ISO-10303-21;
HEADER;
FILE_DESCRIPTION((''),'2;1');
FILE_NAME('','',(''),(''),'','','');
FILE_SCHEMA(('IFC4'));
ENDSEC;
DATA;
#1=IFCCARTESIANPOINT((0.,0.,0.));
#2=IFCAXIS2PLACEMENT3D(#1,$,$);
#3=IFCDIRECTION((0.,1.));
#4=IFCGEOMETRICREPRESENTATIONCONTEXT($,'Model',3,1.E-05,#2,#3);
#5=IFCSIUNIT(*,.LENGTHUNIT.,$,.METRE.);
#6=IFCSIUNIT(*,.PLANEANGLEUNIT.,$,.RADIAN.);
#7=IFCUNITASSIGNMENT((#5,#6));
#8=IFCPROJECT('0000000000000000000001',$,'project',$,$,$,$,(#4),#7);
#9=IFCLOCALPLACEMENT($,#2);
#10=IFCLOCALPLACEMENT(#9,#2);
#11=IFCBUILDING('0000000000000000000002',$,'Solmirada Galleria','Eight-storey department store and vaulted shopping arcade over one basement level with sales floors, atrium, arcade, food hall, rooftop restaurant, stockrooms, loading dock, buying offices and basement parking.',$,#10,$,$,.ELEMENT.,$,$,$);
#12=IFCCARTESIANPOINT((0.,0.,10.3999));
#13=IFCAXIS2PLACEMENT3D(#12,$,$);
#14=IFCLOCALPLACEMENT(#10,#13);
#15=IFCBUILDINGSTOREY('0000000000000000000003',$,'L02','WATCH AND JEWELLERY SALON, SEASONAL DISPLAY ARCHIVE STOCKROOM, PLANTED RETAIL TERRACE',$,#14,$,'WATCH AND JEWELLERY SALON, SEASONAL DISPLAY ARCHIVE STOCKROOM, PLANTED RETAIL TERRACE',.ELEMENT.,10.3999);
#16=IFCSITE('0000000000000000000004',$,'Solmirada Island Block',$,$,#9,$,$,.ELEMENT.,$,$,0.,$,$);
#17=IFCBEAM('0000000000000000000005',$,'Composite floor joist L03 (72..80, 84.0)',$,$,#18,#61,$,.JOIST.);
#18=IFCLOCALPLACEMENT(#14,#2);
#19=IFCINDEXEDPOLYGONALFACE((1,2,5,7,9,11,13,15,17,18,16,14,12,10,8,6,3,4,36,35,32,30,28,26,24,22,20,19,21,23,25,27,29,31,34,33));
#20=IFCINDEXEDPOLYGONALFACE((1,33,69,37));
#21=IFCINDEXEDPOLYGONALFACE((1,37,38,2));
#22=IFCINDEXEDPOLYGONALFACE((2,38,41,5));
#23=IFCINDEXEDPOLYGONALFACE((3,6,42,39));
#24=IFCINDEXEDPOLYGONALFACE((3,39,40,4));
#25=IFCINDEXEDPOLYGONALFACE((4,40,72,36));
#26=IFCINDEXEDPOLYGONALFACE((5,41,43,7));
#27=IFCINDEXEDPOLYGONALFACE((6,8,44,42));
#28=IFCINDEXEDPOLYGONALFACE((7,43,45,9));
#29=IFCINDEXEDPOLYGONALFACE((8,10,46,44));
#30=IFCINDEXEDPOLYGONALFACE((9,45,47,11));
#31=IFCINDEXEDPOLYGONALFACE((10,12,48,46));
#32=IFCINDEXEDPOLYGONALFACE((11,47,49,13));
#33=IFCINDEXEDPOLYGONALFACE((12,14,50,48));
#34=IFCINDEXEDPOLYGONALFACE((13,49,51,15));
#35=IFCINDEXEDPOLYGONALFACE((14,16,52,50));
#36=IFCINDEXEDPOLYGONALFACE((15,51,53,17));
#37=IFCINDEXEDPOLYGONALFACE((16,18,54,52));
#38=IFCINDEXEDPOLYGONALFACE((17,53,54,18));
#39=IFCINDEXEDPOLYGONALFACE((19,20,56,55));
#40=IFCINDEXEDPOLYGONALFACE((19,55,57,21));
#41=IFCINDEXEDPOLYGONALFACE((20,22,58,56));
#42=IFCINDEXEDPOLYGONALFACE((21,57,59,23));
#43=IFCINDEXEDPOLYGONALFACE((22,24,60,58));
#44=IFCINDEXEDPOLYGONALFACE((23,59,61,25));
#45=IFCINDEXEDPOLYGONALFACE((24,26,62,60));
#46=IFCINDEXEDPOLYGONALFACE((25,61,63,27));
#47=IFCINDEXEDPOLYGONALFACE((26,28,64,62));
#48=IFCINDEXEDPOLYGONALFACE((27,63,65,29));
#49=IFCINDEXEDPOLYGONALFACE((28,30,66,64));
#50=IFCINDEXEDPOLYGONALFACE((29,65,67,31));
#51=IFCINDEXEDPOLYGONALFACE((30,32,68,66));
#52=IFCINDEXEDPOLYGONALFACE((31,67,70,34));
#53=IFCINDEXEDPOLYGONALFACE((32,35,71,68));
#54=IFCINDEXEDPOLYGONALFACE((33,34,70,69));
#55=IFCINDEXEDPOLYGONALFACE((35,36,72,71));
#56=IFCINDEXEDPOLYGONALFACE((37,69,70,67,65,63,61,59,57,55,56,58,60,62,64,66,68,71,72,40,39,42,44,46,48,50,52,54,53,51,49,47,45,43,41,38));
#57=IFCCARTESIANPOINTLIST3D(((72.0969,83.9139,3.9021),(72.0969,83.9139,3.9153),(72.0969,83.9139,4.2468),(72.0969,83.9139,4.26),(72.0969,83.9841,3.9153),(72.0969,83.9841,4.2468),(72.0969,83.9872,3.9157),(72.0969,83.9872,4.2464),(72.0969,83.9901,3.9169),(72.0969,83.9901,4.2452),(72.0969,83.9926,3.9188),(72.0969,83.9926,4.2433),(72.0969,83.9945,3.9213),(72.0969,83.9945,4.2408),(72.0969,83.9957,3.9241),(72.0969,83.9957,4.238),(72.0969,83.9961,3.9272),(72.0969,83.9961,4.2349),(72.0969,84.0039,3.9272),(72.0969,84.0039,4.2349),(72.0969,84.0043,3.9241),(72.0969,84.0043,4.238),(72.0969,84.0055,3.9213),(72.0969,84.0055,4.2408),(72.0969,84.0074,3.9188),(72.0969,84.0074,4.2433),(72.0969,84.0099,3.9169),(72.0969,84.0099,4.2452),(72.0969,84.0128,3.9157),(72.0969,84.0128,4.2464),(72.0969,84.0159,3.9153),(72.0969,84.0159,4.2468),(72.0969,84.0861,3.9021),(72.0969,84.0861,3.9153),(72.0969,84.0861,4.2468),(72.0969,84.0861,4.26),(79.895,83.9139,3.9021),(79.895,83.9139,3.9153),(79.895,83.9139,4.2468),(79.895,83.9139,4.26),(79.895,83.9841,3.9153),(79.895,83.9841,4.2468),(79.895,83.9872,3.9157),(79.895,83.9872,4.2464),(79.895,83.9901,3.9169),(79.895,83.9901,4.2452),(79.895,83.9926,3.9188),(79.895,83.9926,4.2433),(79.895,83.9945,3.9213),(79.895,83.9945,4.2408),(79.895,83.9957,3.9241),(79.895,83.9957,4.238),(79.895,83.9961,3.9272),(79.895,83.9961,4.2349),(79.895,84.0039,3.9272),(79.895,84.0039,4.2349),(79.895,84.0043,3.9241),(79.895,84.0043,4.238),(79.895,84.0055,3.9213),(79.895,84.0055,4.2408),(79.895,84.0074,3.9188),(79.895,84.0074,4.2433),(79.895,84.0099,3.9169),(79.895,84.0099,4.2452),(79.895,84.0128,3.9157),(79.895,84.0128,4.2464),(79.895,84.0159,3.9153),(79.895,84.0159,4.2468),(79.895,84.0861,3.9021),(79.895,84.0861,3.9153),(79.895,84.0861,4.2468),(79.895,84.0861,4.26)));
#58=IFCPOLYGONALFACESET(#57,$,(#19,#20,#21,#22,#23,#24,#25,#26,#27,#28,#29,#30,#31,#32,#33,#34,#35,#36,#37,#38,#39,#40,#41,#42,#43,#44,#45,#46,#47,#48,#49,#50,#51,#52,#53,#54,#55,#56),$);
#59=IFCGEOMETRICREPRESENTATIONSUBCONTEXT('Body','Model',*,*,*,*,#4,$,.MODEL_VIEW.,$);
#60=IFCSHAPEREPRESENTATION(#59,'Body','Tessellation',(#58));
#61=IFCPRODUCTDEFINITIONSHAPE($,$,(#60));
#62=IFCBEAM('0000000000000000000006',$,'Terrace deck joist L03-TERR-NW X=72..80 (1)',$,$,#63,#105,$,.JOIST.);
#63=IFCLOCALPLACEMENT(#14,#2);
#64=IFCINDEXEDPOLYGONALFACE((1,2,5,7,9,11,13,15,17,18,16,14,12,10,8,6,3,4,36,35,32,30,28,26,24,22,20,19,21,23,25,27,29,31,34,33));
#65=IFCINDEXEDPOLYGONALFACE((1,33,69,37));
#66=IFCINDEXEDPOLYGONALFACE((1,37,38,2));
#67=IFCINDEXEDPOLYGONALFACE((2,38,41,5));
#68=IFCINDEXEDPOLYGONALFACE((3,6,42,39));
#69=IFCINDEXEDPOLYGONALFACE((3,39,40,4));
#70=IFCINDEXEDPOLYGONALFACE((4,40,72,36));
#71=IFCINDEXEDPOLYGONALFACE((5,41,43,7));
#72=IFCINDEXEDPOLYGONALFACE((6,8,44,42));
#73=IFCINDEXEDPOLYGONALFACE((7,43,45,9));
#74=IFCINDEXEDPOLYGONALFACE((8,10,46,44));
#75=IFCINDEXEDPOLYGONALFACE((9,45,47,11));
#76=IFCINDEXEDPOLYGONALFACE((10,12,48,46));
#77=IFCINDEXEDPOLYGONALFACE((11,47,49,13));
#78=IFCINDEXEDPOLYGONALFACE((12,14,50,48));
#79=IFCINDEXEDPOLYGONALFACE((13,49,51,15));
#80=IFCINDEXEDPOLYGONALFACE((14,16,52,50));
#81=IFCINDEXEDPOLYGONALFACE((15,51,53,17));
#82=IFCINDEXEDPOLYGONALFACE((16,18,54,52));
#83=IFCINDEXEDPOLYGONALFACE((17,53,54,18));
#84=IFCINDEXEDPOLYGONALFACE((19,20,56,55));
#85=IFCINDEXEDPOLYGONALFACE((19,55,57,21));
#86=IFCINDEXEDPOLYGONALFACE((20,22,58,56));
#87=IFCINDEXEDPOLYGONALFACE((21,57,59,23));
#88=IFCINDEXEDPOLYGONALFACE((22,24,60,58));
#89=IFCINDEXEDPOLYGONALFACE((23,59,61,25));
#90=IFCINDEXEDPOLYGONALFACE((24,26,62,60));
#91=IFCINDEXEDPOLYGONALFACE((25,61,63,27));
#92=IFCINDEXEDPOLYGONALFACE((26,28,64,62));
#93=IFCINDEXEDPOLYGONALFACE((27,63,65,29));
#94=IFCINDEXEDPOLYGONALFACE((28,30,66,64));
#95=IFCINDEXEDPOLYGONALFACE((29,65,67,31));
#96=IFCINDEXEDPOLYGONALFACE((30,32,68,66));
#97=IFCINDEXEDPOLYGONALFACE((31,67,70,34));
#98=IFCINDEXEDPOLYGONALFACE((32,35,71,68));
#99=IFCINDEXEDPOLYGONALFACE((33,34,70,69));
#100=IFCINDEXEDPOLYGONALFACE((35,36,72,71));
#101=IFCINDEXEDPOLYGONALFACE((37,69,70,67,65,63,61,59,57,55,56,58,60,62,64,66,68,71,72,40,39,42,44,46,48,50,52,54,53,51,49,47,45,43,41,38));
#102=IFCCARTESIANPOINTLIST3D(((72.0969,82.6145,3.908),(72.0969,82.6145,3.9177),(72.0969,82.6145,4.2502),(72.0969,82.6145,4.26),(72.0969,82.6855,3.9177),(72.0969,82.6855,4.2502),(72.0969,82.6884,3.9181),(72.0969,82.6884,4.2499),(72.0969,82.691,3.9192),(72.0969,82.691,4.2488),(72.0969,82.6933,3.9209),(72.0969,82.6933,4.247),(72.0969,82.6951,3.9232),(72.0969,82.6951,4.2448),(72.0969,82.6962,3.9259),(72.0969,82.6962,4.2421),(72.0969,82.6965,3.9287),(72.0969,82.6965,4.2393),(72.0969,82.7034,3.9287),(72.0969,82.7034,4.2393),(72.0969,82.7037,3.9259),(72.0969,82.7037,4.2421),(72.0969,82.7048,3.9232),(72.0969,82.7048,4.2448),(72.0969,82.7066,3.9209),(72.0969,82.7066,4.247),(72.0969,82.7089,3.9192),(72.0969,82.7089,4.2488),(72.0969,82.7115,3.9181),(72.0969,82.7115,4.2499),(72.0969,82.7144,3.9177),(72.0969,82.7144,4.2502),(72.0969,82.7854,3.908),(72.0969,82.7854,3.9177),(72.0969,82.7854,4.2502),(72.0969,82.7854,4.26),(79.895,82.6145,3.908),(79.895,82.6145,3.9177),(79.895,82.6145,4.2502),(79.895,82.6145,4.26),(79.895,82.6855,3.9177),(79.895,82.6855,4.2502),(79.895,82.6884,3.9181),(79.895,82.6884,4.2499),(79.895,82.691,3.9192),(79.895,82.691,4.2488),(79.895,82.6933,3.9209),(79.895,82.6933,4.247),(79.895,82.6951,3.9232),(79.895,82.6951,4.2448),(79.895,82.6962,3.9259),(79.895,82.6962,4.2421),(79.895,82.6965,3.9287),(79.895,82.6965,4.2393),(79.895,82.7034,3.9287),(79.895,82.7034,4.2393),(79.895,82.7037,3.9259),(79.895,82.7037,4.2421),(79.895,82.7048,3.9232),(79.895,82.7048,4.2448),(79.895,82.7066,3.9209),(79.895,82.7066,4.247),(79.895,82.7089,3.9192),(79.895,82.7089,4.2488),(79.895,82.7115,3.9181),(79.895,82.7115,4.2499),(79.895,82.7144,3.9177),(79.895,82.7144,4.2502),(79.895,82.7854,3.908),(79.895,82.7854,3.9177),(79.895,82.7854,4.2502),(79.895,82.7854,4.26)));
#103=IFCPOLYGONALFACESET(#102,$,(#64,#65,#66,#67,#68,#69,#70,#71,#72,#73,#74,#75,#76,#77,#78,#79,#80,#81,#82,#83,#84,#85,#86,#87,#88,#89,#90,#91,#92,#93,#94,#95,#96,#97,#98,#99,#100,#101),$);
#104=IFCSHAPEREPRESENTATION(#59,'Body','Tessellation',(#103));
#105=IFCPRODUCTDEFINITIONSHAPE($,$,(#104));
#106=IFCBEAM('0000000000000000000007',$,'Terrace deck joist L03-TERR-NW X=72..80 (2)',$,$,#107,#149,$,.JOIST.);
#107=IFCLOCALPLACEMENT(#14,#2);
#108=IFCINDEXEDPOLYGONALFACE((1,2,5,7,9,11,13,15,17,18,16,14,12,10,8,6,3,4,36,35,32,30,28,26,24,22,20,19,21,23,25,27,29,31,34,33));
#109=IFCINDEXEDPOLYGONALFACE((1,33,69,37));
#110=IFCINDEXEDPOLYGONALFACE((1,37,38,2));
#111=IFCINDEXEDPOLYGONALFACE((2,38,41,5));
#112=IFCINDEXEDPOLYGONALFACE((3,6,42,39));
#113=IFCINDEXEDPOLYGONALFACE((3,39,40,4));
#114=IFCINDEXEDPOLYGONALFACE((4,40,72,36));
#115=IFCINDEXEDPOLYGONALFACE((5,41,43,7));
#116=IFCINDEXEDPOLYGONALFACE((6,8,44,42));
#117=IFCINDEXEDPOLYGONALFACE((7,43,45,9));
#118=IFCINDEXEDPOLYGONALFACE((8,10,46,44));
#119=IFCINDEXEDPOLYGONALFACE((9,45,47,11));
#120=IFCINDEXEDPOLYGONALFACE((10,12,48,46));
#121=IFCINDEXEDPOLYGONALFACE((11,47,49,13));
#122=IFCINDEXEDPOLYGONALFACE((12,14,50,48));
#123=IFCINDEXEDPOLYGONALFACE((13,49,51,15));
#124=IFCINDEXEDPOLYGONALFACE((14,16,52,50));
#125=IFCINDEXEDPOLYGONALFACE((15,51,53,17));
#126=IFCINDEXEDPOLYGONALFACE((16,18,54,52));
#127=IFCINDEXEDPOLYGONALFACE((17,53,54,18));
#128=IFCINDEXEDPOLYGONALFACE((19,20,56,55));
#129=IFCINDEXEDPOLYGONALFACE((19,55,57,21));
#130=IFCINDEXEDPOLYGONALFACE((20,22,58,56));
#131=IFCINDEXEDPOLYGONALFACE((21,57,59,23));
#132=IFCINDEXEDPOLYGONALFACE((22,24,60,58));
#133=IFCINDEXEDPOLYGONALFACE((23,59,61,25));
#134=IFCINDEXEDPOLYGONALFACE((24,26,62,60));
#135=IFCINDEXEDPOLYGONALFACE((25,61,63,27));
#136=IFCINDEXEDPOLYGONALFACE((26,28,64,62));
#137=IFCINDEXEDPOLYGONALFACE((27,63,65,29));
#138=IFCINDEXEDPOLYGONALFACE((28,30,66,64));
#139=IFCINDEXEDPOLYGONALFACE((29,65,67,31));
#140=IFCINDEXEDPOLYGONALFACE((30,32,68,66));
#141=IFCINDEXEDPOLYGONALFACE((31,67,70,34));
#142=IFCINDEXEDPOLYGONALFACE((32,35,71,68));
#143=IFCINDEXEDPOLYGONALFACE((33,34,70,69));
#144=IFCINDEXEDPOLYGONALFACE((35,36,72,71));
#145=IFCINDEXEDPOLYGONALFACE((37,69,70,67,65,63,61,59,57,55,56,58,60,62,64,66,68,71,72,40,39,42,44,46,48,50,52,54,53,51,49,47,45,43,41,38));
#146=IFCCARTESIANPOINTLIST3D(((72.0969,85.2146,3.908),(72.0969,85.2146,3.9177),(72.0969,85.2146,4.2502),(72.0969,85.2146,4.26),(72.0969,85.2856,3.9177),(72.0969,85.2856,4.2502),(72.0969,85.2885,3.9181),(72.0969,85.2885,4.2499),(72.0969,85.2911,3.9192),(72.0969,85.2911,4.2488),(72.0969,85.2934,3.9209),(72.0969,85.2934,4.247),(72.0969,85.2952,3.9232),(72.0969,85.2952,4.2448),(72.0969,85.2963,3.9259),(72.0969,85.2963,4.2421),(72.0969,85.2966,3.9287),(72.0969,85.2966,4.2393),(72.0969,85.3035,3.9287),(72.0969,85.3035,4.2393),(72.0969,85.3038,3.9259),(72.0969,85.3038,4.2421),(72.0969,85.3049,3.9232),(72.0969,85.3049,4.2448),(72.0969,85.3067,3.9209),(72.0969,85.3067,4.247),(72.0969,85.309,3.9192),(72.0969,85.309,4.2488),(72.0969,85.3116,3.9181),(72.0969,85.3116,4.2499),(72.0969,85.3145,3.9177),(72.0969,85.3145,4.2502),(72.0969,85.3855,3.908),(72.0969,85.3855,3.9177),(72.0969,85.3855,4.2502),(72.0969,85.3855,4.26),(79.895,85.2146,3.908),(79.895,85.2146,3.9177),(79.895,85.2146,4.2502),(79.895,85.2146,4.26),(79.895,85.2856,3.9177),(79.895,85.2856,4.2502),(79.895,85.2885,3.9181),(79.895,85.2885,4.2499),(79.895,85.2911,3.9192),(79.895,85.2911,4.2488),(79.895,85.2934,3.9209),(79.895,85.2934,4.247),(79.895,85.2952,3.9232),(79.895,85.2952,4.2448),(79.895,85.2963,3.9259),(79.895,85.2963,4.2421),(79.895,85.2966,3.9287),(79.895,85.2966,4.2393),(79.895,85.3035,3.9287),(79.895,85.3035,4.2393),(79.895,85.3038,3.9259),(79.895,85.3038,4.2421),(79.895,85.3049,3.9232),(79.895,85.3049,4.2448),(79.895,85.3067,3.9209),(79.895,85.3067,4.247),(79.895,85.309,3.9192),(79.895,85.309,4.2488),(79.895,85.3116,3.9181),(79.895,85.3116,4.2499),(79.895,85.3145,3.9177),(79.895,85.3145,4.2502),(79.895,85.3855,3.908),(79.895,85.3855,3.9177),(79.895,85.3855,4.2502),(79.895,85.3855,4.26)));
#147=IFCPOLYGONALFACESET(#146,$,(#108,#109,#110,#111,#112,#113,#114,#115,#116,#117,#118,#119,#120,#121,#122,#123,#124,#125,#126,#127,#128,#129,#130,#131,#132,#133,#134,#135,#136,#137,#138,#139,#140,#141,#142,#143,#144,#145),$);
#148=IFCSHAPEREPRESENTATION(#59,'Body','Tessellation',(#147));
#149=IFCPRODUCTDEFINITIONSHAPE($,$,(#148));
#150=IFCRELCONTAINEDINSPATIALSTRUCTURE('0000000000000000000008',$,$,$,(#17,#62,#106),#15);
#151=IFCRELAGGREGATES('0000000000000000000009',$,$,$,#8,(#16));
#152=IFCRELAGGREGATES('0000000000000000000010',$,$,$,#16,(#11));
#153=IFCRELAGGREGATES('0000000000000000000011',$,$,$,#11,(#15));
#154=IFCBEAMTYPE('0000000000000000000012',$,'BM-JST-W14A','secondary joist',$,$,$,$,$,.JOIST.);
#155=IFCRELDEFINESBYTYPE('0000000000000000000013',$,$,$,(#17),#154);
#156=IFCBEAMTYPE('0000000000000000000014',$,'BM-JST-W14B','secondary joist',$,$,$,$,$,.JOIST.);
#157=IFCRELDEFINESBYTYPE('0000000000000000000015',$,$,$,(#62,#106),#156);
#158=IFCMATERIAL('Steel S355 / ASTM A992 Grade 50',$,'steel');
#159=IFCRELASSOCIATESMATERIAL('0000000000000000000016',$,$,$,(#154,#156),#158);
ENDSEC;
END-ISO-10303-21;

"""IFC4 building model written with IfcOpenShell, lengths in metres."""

from ifc_helpers import new_model, si_unit, direction, frame, origin, origin_2d, place, context, subcontext, project, spatial, i_section, extrude, material, material_profile, profile_set, type_object, element, save


model = new_model("IFC4")

# Units and contexts
model_context = context("Model", 3, precision=1e-05, world=origin(), true_north=direction((0.0, 1.0)))
body_context = subcontext(model_context, "Body", "Model", "MODEL_VIEW")
ifc_project = project(units=[si_unit("LENGTHUNIT", "METRE"), si_unit("PLANEANGLEUNIT", "RADIAN")], contexts=[model_context])

# Site, building, storey
site_placement = place(None, origin())
site = spatial("IfcSite", under=ifc_project, at=site_placement, Name="Solmirada Island Block", CompositionType="ELEMENT", RefElevation=0.0)
building_placement = place(site_placement, origin())
building = spatial("IfcBuilding", under=site, at=building_placement, Name="Solmirada Galleria", Description="Eight-storey department store and vaulted shopping arcade over one basement level with sales floors, atrium, arcade, food hall, rooftop restaurant, stockrooms, loading dock, buying offices and basement parking.", CompositionType="ELEMENT")
storey_placement = place(building_placement, frame((0.0, 0.0, 10.3999)))
storey = spatial("IfcBuildingStorey", under=building, at=storey_placement, Name="L02", Description="WATCH AND JEWELLERY SALON, SEASONAL DISPLAY ARCHIVE STOCKROOM, PLANTED RETAIL TERRACE", LongName="WATCH AND JEWELLERY SALON, SEASONAL DISPLAY ARCHIVE STOCKROOM, PLANTED RETAIL TERRACE", CompositionType="ELEMENT", Elevation=10.3999)

# Beams
ifc_material_1 = material(Name="Steel S355 / ASTM A992 Grade 50", Category="steel")
ifc_material_profile_1 = material_profile(ifc_material_1, i_section(OverallWidth=0.1721, OverallDepth=0.3579, WebThickness=0.0078, FlangeThickness=0.0132, FilletRadius=0.012, at=origin_2d()), Name="W14X38")
ifc_profile_set_1 = profile_set([ifc_material_profile_1], Name="Steel S355 / ASTM A992 Grade 50")
beam_type_1 = type_object("IfcBeamType", Name="BM-JST-W14A", Description="secondary joist", PredefinedType="JOIST", material=ifc_profile_set_1)
beam_placement = place(storey_placement, frame((72.0969, 84.0, 4.0811), z_axis=(1.0, 0.0, 0.0), x_axis=(0.0, 1.0, 0.0)))
element("IfcBeam", 1, at=beam_placement, inside=storey, type_object=beam_type_1, Name="Composite floor joist L03 (72..80, 84.0)", PredefinedType="JOIST", context=body_context, shape_type="SweptSolid", body=[
    extrude(i_section(OverallWidth=0.1721, OverallDepth=0.3579, WebThickness=0.0078, FlangeThickness=0.0132, FilletRadius=0.012, at=origin_2d()), origin(), (0.0, 0.0, 1.0), 7.7981),
])
ifc_material_profile_2 = material_profile(ifc_material_1, i_section(OverallWidth=0.1709, OverallDepth=0.3521, WebThickness=0.0068, FlangeThickness=0.0098, FilletRadius=0.011, at=origin_2d()), Name="W14X30")
ifc_profile_set_2 = profile_set([ifc_material_profile_2], Name="Steel S355 / ASTM A992 Grade 50")
beam_type_2 = type_object("IfcBeamType", Name="BM-JST-W14B", Description="secondary joist", PredefinedType="JOIST", material=ifc_profile_set_2)
for number, where, z_axis, x_axis, name in (
    (2, (72.0969, 82.7, 4.084), (1.0, 0.0, 0.0), (0.0, 1.0, 0.0), "Terrace deck joist L03-TERR-NW X=72..80 (1)"),
    (3, (72.0969, 85.3, 4.084), (1.0, 0.0, 0.0), (0.0, 1.0, 0.0), "Terrace deck joist L03-TERR-NW X=72..80 (2)"),
):
    element("IfcBeam", number, at=place(storey_placement, frame(where, z_axis=z_axis, x_axis=x_axis)), inside=storey, type_object=beam_type_2, Name=name, PredefinedType="JOIST", context=body_context, shape_type="SweptSolid", body=[
        extrude(i_section(OverallWidth=0.1709, OverallDepth=0.3521, WebThickness=0.0068, FlangeThickness=0.0098, FilletRadius=0.011, at=origin_2d()), origin(), (0.0, 0.0, 1.0), 7.7981),
    ])

save(model, "model.ifc")
